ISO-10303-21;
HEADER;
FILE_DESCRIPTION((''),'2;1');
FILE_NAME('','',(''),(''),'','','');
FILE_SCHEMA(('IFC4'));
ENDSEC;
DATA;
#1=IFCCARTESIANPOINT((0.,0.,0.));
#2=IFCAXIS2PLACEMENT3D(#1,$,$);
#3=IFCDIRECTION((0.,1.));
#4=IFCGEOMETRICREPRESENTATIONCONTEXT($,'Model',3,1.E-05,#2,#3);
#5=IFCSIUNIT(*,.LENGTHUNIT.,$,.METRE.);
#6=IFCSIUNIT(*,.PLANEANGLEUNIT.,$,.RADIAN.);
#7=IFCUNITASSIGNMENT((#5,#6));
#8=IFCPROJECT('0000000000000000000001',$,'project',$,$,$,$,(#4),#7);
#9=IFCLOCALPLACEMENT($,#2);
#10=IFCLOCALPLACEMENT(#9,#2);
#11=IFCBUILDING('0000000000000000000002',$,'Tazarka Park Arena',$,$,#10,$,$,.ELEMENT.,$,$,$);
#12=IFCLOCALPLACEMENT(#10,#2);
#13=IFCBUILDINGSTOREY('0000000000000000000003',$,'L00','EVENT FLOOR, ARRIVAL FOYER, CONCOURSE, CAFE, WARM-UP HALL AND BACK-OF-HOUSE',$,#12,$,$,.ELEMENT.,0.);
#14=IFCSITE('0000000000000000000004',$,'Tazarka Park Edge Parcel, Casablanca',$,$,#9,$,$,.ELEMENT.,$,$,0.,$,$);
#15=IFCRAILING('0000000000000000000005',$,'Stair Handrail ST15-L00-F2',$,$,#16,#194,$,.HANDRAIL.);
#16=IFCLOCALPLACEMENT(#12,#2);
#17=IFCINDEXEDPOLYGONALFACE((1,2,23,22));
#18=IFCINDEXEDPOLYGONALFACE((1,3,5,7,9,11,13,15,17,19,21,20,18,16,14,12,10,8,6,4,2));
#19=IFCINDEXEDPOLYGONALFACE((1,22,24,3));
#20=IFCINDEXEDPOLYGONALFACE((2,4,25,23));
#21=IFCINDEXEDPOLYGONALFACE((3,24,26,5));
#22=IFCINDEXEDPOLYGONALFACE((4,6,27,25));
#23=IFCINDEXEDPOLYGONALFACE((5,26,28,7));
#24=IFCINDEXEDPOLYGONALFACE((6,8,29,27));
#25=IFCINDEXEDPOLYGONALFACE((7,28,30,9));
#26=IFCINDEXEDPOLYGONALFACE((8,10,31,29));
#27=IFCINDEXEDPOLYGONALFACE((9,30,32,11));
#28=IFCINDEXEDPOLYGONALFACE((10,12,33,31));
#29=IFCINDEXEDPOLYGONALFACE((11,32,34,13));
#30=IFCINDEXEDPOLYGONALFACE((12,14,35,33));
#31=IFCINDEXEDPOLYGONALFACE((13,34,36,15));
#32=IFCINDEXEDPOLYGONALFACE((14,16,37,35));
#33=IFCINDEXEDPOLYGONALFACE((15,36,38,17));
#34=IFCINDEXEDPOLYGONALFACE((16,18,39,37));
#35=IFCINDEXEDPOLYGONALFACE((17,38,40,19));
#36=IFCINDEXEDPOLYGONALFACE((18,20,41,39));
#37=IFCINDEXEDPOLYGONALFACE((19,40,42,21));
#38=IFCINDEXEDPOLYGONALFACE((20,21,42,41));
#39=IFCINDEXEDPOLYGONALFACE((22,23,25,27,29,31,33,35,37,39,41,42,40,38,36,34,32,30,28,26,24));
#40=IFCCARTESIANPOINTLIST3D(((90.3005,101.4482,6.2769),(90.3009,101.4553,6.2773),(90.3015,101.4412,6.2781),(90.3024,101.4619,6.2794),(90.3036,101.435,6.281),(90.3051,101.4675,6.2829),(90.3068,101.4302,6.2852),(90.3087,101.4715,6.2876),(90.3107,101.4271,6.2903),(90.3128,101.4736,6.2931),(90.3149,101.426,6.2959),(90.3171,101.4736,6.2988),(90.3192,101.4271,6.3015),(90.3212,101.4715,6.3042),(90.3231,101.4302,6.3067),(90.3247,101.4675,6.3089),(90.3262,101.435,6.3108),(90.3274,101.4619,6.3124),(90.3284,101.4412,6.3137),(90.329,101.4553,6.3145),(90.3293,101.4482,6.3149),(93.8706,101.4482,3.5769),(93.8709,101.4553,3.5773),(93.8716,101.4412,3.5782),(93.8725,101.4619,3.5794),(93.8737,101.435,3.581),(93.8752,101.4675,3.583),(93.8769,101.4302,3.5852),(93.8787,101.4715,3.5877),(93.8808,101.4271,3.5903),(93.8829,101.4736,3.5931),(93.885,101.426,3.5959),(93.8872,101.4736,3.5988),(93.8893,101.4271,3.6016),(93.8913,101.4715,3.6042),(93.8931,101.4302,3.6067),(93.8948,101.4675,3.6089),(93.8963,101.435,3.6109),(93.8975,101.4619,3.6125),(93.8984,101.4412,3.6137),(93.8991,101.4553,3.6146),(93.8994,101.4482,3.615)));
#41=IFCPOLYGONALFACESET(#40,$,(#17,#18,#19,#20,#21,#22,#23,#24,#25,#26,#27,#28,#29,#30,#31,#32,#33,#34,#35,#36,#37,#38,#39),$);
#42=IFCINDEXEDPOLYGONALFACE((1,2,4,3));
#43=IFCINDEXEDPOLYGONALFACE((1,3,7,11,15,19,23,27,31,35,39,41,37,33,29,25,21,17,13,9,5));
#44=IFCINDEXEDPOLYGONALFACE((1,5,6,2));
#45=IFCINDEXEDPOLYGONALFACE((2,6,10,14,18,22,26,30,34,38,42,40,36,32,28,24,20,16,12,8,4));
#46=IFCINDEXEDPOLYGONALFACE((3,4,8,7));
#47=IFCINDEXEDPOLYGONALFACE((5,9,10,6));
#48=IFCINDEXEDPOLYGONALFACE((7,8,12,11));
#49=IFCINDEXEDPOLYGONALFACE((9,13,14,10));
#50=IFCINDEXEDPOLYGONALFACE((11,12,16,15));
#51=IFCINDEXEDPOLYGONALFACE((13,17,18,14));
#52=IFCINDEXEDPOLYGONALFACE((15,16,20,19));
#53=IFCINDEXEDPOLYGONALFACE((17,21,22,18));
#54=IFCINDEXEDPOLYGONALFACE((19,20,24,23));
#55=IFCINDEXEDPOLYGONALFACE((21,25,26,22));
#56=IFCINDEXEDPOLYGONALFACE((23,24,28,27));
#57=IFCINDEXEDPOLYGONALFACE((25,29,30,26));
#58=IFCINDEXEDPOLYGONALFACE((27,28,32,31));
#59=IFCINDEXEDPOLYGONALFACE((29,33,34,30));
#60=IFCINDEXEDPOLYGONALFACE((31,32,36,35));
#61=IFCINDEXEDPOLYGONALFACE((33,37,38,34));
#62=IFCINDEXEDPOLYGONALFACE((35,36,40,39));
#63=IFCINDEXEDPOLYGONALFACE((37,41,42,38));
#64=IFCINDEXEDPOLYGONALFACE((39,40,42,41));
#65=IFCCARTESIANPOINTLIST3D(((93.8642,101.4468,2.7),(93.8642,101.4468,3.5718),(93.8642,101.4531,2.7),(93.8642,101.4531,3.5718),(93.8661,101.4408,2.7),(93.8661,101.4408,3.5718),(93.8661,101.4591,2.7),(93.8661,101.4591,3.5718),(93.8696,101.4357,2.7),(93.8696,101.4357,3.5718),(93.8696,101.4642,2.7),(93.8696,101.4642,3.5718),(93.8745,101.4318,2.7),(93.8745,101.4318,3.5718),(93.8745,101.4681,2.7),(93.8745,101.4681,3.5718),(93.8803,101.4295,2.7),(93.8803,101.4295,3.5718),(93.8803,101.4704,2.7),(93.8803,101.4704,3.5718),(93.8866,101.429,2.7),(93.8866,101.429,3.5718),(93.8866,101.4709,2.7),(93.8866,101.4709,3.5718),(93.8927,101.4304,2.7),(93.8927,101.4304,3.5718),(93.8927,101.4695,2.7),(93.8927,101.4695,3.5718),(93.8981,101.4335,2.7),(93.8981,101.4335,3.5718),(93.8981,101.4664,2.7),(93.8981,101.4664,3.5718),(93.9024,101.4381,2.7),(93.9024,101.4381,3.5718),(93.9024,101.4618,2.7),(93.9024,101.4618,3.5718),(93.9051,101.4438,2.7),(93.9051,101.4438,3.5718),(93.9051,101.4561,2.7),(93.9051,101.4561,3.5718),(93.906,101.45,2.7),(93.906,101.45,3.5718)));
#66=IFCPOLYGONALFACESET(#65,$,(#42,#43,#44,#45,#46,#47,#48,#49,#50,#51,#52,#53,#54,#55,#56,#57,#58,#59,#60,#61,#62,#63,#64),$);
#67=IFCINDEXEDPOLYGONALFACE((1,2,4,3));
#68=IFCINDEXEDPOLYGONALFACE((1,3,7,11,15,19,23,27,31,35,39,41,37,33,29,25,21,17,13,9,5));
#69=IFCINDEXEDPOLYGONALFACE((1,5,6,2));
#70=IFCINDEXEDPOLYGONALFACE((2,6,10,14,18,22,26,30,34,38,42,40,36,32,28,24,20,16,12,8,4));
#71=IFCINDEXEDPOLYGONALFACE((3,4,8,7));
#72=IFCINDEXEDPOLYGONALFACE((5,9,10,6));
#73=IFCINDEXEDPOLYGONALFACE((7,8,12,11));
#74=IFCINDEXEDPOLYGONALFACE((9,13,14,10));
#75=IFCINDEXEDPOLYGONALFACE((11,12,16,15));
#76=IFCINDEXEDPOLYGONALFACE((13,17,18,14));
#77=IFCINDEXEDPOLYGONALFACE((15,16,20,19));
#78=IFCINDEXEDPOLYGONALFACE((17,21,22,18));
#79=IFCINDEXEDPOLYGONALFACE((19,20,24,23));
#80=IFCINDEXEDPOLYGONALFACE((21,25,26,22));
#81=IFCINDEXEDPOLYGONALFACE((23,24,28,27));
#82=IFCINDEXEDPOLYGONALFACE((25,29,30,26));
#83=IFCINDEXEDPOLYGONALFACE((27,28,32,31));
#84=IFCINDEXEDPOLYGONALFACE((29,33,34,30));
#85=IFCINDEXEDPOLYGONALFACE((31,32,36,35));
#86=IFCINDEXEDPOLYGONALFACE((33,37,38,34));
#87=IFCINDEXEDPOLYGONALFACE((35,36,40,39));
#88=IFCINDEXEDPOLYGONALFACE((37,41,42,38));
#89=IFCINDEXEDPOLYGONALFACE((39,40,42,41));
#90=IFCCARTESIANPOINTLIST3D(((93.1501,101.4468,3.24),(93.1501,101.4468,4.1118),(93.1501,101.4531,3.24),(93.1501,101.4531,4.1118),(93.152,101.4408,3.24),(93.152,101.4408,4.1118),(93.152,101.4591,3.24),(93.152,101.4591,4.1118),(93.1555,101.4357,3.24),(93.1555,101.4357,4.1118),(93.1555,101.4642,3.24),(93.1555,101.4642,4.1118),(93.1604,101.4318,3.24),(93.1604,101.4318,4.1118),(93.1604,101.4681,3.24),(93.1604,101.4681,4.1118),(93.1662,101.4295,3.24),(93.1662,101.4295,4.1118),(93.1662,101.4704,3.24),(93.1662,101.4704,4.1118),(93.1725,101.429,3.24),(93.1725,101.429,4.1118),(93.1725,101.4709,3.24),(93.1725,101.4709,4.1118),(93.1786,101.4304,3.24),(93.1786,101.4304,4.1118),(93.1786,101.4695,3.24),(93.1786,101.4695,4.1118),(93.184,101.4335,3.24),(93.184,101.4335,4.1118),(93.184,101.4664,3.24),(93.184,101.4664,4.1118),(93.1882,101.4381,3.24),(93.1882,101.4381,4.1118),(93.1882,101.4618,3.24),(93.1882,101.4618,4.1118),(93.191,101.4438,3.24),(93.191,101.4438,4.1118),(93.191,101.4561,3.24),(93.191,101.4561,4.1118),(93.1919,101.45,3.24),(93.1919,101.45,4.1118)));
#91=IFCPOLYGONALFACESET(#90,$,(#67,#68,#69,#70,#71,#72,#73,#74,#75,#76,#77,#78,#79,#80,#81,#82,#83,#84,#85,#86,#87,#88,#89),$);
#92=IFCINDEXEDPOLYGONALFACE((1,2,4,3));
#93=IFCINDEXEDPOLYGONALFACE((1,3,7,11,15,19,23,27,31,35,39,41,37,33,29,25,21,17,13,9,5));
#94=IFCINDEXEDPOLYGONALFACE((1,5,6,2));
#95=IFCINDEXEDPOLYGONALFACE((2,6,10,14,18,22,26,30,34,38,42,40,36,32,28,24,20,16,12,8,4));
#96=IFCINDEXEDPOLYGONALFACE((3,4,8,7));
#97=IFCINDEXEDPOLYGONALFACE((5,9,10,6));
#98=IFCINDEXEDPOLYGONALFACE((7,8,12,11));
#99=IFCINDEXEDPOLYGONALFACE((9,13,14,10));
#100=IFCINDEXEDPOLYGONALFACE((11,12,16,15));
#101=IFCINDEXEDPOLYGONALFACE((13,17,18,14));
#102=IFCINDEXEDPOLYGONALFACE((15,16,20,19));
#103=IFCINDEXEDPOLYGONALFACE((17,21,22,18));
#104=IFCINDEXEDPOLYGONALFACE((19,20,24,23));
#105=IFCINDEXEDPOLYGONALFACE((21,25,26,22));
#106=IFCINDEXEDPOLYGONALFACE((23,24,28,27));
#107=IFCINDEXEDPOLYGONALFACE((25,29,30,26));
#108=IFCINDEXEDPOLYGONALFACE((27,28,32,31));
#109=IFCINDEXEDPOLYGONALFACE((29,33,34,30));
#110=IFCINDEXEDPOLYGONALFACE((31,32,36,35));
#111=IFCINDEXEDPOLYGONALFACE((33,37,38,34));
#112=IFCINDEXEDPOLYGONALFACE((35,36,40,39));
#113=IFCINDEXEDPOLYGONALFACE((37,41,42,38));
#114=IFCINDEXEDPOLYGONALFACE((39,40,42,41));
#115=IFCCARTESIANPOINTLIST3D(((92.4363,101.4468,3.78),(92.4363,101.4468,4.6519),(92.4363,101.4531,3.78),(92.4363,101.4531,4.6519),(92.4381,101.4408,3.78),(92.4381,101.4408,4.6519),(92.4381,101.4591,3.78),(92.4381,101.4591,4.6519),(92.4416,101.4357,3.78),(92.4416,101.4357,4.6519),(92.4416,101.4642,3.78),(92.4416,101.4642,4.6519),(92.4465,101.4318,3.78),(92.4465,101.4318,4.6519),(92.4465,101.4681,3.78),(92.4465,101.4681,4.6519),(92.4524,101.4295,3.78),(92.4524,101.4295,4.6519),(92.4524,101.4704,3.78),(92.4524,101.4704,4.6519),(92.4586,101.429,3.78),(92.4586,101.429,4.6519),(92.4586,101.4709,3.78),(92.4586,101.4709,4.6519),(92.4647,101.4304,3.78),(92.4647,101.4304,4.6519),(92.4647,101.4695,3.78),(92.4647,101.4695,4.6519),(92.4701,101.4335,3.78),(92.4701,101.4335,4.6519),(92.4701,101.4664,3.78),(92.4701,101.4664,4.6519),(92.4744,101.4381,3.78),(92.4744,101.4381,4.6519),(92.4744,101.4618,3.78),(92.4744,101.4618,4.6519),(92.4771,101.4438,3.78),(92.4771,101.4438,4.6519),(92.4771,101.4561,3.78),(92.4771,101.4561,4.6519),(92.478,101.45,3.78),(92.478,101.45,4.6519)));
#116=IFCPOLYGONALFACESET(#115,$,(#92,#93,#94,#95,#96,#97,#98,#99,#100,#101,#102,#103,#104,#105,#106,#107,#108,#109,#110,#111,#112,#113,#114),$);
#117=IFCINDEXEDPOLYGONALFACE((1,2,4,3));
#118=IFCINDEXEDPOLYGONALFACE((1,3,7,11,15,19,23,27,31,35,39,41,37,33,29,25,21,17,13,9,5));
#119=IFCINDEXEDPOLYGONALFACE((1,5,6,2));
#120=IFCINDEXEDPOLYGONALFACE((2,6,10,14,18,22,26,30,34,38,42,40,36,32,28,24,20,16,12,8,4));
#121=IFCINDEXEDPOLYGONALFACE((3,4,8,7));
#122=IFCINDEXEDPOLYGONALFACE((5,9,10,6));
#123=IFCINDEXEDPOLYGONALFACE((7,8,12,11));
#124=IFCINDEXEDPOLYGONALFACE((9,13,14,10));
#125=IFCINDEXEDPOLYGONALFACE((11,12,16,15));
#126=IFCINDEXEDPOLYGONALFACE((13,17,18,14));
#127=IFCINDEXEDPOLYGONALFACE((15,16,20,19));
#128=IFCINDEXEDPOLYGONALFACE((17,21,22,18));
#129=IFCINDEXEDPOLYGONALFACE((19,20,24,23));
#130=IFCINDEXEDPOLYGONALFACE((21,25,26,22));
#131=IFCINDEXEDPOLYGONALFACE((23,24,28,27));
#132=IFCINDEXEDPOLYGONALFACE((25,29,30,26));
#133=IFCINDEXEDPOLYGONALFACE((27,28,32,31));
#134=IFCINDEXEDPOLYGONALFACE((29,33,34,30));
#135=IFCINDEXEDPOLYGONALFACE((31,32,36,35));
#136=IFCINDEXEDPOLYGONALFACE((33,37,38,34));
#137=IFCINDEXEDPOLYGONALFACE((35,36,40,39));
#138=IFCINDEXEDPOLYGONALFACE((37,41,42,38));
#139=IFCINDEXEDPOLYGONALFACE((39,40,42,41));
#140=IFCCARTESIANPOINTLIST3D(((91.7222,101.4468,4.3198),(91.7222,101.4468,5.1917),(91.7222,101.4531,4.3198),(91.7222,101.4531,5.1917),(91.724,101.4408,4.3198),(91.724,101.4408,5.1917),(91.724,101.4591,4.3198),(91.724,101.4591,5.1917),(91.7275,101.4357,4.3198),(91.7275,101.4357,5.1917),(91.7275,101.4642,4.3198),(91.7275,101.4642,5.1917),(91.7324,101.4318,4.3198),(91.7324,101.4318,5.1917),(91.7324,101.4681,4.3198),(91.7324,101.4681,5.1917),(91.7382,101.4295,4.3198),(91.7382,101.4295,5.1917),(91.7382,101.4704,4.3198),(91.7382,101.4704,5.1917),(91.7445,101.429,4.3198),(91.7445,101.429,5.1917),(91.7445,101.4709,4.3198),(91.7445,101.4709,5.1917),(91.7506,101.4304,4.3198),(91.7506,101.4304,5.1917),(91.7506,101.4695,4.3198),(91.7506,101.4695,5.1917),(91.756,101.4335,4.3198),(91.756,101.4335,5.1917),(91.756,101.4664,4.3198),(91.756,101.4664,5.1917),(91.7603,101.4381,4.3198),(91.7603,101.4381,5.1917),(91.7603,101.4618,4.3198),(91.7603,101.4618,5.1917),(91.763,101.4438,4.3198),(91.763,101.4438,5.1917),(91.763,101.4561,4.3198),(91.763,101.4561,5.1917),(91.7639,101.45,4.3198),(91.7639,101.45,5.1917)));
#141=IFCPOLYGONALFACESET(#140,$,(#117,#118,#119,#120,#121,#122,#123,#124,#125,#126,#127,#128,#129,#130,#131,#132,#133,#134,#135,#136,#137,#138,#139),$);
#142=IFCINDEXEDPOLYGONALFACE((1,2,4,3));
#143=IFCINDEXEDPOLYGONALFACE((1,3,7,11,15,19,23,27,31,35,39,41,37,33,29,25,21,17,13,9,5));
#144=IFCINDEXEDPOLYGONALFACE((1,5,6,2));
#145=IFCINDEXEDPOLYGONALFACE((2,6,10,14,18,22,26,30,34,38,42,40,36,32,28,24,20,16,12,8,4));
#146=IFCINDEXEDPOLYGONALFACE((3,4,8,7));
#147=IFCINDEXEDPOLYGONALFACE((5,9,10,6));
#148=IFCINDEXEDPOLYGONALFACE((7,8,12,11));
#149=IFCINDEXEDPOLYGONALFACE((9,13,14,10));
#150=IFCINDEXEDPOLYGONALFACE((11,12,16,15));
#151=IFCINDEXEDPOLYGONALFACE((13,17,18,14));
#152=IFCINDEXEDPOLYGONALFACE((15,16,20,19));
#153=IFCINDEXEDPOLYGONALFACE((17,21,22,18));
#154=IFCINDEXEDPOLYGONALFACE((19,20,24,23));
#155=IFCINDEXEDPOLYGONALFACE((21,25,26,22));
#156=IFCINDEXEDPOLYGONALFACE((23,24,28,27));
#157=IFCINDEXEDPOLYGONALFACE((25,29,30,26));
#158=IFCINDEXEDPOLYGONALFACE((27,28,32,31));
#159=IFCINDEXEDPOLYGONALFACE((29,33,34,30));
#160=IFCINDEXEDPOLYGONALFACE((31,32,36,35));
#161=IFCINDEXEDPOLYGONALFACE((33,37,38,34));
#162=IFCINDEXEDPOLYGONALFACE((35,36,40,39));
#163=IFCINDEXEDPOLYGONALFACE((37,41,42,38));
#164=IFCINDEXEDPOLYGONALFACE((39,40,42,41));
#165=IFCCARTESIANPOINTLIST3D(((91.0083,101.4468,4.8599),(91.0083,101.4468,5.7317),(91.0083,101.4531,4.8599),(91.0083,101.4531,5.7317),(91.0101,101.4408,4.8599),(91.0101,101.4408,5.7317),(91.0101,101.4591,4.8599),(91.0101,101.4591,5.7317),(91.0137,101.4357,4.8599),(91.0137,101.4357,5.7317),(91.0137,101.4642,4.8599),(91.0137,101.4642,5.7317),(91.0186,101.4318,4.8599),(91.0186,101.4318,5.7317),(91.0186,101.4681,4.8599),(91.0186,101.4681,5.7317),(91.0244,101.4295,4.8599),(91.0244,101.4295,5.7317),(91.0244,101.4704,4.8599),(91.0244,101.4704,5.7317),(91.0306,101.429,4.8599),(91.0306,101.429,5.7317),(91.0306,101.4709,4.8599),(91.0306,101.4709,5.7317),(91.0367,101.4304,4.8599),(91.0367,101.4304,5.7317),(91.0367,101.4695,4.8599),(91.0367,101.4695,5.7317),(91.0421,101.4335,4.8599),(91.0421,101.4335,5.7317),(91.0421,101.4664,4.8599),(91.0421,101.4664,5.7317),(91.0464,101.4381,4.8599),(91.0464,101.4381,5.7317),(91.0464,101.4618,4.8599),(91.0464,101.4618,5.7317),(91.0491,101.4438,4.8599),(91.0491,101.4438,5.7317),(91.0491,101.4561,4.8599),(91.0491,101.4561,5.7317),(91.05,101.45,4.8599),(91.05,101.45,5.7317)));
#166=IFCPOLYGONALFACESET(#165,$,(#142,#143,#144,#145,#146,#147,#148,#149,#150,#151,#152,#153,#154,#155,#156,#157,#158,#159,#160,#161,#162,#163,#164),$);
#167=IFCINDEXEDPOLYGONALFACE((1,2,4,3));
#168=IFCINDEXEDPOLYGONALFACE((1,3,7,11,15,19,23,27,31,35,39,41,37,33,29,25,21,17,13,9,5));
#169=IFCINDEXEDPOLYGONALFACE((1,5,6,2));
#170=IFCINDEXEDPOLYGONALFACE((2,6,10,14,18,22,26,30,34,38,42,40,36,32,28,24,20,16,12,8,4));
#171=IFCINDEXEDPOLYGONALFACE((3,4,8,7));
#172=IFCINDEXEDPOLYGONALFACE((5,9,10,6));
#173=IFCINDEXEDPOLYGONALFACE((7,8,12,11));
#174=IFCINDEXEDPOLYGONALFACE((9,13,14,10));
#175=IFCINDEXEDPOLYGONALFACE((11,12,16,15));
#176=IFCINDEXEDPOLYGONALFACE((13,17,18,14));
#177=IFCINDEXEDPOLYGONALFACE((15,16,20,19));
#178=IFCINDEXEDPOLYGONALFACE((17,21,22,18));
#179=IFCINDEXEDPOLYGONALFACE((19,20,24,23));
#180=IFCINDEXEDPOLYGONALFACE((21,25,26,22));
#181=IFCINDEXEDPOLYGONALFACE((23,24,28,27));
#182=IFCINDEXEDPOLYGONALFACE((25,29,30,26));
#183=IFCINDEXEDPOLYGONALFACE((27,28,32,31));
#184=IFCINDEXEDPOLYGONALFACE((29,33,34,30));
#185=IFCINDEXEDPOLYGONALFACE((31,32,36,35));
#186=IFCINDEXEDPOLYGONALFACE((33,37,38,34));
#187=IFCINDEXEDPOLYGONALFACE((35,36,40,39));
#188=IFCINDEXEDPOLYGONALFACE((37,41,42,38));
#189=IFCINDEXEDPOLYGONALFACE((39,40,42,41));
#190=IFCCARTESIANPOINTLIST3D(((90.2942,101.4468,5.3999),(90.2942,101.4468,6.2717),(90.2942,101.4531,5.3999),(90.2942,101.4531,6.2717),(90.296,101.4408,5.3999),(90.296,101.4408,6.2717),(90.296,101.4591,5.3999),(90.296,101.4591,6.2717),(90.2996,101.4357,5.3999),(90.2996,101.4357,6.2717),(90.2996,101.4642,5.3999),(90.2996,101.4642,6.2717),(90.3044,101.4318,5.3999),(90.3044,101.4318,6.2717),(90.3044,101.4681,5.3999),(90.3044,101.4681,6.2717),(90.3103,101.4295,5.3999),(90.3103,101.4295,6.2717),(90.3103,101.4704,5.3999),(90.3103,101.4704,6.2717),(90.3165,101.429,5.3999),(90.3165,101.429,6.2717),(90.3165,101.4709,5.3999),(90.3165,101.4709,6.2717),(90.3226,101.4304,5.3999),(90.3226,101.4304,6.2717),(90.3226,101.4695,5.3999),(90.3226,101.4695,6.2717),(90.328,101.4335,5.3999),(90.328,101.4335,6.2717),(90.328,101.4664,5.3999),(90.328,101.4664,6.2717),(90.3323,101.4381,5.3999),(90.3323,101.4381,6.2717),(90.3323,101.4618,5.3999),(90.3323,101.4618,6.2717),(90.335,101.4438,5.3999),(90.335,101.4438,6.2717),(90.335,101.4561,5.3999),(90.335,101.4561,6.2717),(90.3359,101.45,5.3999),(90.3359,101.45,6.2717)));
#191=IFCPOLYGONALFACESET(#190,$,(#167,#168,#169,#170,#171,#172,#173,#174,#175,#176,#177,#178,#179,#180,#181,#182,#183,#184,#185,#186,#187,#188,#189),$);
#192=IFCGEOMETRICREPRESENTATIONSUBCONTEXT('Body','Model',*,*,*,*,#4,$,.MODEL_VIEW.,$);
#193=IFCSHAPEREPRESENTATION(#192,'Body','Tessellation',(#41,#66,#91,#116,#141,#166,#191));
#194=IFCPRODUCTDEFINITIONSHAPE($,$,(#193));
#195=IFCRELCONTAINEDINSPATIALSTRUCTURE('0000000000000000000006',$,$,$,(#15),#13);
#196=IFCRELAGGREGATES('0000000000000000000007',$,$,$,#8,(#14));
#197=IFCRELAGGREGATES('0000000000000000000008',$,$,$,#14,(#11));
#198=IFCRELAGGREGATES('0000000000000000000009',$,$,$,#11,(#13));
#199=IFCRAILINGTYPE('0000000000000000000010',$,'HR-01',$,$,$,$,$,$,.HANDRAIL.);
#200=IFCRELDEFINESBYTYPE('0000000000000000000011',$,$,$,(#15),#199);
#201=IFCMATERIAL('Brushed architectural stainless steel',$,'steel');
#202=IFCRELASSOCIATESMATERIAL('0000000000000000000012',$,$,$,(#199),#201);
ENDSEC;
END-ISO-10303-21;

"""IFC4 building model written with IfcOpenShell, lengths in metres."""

from ifc_helpers import new_model, si_unit, direction, frame, origin, origin_2d, place, context, subcontext, project, spatial, circle, extrude, material, type_object, element, save


model = new_model("IFC4")

# Units and contexts
model_context = context("Model", 3, precision=1e-05, world=origin(), true_north=direction((0.0, 1.0)))
body_context = subcontext(model_context, "Body", "Model", "MODEL_VIEW")
ifc_project = project(units=[si_unit("LENGTHUNIT", "METRE"), si_unit("PLANEANGLEUNIT", "RADIAN")], contexts=[model_context])

# Site, building, storey
site_placement = place(None, origin())
site = spatial("IfcSite", under=ifc_project, at=site_placement, Name="Tazarka Park Edge Parcel, Casablanca", CompositionType="ELEMENT", RefElevation=0.0)
building_placement = place(site_placement, origin())
building = spatial("IfcBuilding", under=site, at=building_placement, Name="Tazarka Park Arena", CompositionType="ELEMENT")
storey_placement = place(building_placement, origin())
storey = spatial("IfcBuildingStorey", under=building, at=storey_placement, Name="L00", Description="EVENT FLOOR, ARRIVAL FOYER, CONCOURSE, CAFE, WARM-UP HALL AND BACK-OF-HOUSE", CompositionType="ELEMENT", Elevation=0.0)

# Railing
ifc_material_1 = material(Name="Brushed architectural stainless steel", Category="steel")
railing_type_1 = type_object("IfcRailingType", Name="HR-01", PredefinedType="HANDRAIL", material=ifc_material_1)
railing_1_placement = place(storey_placement, frame((93.885, 101.45, 2.7)))
element("IfcRailing", 1, at=railing_1_placement, inside=storey, type_object=railing_type_1, Name="Stair Handrail ST15-L00-F2", PredefinedType="HANDRAIL", context=body_context, shape_type="SweptSolid", body=[
    extrude(circle(Radius=0.0239, at=origin_2d()), frame((0.0, 0.0, 0.896), z_axis=(-0.797591, 0.0, 0.603198), x_axis=(0.0, -1.0, 0.0)), (0.0, 0.0, 1.0), 4.4761),
    extrude(circle(Radius=0.021, at=origin_2d()), origin(), (0.0, 0.0, 1.0), 0.8718),
    extrude(circle(Radius=0.021, at=origin_2d()), frame((-0.7141, 0.0, 0.54)), (0.0, 0.0, 1.0), 0.8718),
    extrude(circle(Radius=0.021, at=origin_2d()), frame((-1.428, 0.0, 1.0801)), (0.0, 0.0, 1.0), 0.8718),
    extrude(circle(Radius=0.021, at=origin_2d()), frame((-2.1421, 0.0, 1.6199)), (0.0, 0.0, 1.0), 0.8718),
    extrude(circle(Radius=0.021, at=origin_2d()), frame((-2.856, 0.0, 2.1599)), (0.0, 0.0, 1.0), 0.8718),
    extrude(circle(Radius=0.021, at=origin_2d()), frame((-3.5701, 0.0, 2.7)), (0.0, 0.0, 1.0), 0.8718),
])

save(model, "model.ifc")
